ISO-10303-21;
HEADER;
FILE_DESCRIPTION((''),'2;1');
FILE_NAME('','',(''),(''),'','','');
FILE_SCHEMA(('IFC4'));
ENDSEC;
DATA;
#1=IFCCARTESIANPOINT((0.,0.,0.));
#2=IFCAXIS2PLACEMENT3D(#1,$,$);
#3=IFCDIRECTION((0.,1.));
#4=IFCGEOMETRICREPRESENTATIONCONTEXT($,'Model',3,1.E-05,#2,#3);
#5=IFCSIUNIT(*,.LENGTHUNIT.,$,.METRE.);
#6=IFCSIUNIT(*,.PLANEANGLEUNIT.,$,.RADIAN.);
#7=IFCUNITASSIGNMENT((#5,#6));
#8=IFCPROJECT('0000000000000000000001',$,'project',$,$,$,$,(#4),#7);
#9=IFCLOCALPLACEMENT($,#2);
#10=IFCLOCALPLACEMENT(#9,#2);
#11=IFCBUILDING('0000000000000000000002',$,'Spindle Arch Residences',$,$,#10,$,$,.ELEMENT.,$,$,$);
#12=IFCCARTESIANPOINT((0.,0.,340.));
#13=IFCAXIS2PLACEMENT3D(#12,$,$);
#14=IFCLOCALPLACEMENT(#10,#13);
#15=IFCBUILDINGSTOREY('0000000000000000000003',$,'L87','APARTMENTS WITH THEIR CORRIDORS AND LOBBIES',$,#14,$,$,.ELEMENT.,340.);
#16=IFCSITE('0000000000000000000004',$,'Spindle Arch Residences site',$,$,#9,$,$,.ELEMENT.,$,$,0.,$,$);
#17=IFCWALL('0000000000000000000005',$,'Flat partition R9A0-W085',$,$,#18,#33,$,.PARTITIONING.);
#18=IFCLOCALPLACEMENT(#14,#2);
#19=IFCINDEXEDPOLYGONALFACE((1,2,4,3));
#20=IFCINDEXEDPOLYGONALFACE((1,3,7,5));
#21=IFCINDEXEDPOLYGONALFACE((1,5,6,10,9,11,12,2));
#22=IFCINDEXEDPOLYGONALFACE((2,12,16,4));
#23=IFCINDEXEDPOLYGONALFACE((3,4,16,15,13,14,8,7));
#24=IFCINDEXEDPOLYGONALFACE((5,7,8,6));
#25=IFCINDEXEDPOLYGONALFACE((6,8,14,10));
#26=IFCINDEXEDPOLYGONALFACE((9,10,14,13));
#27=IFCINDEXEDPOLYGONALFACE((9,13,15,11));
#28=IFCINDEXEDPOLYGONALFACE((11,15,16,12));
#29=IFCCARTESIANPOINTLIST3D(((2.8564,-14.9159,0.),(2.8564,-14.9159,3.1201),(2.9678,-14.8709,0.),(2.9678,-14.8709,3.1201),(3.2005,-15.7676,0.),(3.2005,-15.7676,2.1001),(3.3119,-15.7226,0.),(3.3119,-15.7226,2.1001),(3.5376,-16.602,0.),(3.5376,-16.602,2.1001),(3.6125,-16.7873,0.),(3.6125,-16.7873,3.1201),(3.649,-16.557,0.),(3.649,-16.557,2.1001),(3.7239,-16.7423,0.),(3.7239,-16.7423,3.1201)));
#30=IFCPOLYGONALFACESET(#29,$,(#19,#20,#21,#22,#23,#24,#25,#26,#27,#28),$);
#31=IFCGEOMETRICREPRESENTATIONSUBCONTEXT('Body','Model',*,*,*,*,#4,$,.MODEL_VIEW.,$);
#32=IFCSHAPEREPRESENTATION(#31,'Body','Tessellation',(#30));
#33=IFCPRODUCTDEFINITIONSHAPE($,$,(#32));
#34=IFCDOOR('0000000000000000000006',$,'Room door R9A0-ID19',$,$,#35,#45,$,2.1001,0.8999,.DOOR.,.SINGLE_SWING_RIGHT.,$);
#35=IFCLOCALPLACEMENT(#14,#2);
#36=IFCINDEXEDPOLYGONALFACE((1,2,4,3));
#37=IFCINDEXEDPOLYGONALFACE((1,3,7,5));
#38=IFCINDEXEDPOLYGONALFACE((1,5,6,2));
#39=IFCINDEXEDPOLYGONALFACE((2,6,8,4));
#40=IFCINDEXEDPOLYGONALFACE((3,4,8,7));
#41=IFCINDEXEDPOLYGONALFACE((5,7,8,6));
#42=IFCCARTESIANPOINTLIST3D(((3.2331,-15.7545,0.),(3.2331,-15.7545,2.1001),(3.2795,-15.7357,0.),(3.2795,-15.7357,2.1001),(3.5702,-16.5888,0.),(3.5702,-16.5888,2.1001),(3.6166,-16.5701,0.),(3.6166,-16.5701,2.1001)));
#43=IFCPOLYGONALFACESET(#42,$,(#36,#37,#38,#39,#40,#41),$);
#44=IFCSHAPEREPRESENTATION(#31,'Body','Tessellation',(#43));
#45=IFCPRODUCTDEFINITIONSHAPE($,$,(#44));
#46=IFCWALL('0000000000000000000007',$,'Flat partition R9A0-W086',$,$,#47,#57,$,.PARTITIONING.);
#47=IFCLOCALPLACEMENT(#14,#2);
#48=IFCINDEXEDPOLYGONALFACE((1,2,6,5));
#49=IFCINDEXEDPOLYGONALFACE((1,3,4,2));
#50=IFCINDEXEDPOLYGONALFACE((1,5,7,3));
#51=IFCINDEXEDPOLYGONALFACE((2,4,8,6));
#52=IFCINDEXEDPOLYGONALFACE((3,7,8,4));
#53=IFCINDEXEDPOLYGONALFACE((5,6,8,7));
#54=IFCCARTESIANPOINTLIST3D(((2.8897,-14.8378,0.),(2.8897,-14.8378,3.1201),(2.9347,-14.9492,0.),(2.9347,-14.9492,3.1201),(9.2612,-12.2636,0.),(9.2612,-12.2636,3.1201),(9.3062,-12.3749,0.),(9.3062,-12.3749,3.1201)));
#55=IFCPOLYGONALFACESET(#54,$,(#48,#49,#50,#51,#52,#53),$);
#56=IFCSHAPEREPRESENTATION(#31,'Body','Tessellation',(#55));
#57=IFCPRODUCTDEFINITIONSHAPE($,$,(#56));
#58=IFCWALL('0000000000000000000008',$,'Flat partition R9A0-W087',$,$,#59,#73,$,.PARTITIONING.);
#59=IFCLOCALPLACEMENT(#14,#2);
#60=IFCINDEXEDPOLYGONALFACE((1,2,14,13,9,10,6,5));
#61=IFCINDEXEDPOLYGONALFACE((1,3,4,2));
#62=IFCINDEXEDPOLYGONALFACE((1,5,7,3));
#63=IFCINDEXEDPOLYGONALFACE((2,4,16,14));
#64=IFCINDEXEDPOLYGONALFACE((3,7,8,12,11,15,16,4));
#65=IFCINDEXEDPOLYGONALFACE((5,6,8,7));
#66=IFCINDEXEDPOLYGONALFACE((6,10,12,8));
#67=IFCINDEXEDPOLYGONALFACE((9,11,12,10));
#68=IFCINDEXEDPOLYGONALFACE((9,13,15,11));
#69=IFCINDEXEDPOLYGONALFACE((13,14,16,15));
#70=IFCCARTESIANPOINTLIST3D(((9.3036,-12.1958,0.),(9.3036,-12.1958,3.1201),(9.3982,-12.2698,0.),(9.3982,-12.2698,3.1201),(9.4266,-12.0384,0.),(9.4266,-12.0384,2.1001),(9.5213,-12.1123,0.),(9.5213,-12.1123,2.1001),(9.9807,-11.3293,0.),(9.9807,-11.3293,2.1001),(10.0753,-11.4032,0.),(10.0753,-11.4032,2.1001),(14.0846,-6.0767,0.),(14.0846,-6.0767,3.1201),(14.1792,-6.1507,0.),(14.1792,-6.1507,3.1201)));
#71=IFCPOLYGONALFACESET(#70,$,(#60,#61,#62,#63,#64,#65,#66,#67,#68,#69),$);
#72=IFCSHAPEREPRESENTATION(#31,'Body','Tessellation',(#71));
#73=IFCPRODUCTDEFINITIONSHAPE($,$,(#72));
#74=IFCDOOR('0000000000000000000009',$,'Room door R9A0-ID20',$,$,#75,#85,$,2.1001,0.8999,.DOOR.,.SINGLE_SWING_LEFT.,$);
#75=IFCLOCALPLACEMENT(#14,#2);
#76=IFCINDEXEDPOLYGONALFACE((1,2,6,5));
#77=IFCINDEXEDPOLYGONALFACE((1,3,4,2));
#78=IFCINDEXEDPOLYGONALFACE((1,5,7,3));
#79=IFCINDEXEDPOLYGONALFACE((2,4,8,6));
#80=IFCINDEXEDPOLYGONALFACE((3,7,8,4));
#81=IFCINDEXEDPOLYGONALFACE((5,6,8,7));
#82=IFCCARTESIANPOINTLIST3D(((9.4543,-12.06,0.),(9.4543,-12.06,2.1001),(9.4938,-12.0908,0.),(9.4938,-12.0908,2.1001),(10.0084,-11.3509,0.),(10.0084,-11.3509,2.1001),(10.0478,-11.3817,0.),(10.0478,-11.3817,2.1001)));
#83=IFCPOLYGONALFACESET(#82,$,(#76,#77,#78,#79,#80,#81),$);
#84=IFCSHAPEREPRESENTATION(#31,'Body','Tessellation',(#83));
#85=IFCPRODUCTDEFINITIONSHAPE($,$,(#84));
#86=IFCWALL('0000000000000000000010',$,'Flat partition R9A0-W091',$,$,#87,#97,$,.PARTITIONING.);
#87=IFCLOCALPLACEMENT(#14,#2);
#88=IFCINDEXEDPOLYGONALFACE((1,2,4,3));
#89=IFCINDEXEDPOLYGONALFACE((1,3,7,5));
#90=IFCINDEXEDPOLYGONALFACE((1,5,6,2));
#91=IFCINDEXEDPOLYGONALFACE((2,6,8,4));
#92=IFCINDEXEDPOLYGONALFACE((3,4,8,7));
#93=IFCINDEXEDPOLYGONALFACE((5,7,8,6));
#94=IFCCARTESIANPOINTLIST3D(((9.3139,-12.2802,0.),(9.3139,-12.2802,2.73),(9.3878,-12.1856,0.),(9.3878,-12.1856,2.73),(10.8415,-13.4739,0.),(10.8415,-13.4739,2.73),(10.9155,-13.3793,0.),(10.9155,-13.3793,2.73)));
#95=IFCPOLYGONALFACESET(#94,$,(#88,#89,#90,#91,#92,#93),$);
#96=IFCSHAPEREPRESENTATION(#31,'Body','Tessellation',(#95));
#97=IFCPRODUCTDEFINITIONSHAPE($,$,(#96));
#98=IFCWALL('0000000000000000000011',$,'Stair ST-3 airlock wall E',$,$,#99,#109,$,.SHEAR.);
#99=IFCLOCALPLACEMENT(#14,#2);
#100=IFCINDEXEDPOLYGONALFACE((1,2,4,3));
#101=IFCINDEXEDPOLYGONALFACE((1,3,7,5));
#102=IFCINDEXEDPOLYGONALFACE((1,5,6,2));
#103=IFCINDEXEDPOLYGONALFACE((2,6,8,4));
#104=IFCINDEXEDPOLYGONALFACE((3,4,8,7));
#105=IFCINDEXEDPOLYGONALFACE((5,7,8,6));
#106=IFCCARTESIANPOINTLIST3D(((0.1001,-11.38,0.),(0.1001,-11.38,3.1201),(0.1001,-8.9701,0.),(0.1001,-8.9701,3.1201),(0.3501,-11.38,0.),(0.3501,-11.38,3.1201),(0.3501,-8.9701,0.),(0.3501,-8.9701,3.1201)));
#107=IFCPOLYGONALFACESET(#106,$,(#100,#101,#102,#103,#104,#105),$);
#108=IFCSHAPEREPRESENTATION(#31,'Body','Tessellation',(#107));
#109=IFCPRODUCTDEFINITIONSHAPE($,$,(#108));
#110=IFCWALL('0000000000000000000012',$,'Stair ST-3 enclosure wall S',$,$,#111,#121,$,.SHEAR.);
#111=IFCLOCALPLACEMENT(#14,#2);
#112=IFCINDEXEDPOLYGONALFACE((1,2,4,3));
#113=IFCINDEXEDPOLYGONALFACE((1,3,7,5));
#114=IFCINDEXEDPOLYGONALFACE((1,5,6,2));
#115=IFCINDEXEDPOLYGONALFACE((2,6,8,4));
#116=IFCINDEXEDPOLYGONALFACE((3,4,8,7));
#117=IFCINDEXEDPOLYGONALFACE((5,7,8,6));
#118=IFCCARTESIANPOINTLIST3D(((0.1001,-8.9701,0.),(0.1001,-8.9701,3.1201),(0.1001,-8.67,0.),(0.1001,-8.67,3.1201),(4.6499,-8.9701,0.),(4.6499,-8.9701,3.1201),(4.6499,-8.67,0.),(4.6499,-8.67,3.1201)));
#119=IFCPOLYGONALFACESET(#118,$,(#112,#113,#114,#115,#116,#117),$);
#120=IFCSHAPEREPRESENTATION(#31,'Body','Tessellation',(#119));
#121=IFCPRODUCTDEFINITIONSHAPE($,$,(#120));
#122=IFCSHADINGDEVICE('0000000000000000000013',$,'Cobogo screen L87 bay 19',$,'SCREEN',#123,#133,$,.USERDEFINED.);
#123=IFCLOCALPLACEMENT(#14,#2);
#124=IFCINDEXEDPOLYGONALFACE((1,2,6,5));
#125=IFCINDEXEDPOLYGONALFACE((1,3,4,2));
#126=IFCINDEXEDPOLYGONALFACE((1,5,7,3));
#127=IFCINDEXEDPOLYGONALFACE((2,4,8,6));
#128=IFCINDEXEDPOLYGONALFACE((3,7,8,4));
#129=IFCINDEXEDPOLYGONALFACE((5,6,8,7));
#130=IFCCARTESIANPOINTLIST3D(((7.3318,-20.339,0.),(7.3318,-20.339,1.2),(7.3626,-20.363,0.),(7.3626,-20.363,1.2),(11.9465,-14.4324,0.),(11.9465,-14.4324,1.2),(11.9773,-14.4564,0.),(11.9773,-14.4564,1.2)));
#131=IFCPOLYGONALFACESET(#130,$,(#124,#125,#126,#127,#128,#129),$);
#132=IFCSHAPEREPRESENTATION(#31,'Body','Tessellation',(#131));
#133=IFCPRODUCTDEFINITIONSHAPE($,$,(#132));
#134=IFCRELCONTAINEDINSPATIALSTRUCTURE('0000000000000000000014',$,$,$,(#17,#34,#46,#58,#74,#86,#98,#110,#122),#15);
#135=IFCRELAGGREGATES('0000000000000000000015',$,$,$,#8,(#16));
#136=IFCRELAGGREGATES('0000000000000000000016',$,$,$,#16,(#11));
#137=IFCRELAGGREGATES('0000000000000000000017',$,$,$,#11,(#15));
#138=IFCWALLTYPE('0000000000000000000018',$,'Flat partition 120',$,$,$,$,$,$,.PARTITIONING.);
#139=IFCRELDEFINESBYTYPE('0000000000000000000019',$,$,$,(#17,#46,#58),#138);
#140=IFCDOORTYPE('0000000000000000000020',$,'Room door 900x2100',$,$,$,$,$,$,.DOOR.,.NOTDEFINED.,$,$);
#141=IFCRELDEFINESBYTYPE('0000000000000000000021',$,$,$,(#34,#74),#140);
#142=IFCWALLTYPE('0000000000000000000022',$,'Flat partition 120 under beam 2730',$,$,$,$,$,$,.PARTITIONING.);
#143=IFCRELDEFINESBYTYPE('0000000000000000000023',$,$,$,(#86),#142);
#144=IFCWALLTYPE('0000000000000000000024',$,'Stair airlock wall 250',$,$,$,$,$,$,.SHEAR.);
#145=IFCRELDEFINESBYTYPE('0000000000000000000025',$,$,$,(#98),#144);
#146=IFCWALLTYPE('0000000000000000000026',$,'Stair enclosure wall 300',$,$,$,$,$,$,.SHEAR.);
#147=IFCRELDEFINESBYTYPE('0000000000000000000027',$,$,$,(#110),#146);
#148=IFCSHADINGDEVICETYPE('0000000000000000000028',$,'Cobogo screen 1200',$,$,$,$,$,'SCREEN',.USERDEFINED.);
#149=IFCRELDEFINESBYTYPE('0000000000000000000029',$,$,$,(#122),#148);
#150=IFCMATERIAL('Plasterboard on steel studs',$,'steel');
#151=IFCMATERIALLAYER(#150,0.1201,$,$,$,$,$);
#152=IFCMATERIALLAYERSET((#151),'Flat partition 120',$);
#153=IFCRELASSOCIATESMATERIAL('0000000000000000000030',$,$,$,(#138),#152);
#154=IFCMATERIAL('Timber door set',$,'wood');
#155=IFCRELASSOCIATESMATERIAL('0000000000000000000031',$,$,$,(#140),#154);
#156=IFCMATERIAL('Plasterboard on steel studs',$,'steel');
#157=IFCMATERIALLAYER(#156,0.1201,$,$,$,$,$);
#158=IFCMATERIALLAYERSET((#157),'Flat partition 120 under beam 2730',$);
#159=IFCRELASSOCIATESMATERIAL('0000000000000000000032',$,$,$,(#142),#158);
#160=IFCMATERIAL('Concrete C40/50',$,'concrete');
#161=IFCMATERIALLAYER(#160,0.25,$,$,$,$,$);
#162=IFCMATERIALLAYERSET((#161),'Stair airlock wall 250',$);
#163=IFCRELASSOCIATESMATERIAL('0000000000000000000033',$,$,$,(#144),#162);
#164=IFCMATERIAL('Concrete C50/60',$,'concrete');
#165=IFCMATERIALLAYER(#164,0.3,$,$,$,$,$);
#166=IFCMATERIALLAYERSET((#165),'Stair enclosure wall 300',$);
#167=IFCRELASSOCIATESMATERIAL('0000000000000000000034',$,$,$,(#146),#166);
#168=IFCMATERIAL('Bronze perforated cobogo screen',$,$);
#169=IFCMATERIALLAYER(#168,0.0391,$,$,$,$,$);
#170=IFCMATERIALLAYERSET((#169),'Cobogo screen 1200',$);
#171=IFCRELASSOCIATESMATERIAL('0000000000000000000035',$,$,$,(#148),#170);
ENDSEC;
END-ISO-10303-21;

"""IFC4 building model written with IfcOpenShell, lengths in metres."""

from ifc_helpers import new_model, si_unit, direction, frame, frame_2d, origin, origin_2d, place, context, subcontext, project, spatial, rectangle, extrude, material, layer, layer_set, type_object, element, fill, save


model = new_model("IFC4")

# Units and contexts
model_context = context("Model", 3, precision=1e-05, world=origin(), true_north=direction((0.0, 1.0)))
body_context = subcontext(model_context, "Body", "Model", "MODEL_VIEW")
ifc_project = project(units=[si_unit("LENGTHUNIT", "METRE"), si_unit("PLANEANGLEUNIT", "RADIAN")], contexts=[model_context])

# Site, building, storey
site_placement = place(None, origin())
site = spatial("IfcSite", under=ifc_project, at=site_placement, Name="Spindle Arch Residences site", CompositionType="ELEMENT", RefElevation=0.0)
building_placement = place(site_placement, origin())
building = spatial("IfcBuilding", under=site, at=building_placement, Name="Spindle Arch Residences", CompositionType="ELEMENT")
storey_placement = place(building_placement, frame((0.0, 0.0, 340.0)))
storey = spatial("IfcBuildingStorey", under=building, at=storey_placement, Name="L87", Description="APARTMENTS WITH THEIR CORRIDORS AND LOBBIES", CompositionType="ELEMENT", Elevation=340.0)

# Shared definitions
ifc_material_1 = material(Name="Plasterboard on steel studs", Category="steel")
ifc_layer_1 = layer(ifc_material_1, 0.1201)
ifc_layer_set_1 = layer_set([ifc_layer_1], Name="Flat partition 120")
wall_type_1 = type_object("IfcWallType", Name="Flat partition 120", PredefinedType="PARTITIONING", material=ifc_layer_set_1)

# Wall, opening, door
wall_1_placement = place(storey_placement, frame((3.6682, -16.7649, 0.0), z_axis=(0.0, 0.0, 1.0), x_axis=(-0.374621, 0.927178, 0.0)))
wall_1 = element("IfcWall", 1, at=wall_1_placement, inside=storey, type_object=wall_type_1, Name="Flat partition R9A0-W085", PredefinedType="PARTITIONING", context=body_context, shape_type="SweptSolid", body=[
    extrude(rectangle(XDim=2.0183, YDim=0.1201, at=frame_2d((1.0093, 0.0))), origin(), (0.0, 0.0, 1.0), 3.1201),
])
opening_1_placement = place(wall_1_placement, frame((0.2, 0.0, 0.0)))
opening_1 = element("IfcOpeningElement", 2, at=opening_1_placement, cuts=wall_1, PredefinedType="OPENING", context=body_context, shape_type="SweptSolid", body=[
    extrude(rectangle(XDim=0.8999, YDim=2.1001, at=frame_2d((0.45, 1.05))), frame((0.0, 0.0701, 0.0), z_axis=(0.0, -1.0, 0.0), x_axis=(1.0, 0.0, 0.0)), (0.0, 0.0, 1.0), 0.1401),
])
ifc_material_2 = material(Name="Timber door set", Category="wood")
door_type_1 = type_object("IfcDoorType", Name="Room door 900x2100", OperationType="NOTDEFINED", PredefinedType="DOOR", material=ifc_material_2)
door_1_placement = place(opening_1_placement, origin())
door_1 = element("IfcDoor", 3, at=door_1_placement, inside=storey, type_object=door_type_1, Name="Room door R9A0-ID19", OperationType="SINGLE_SWING_RIGHT", OverallHeight=2.1001, OverallWidth=0.8999, PredefinedType="DOOR", context=body_context, shape_type="SweptSolid", body=[
    extrude(rectangle(XDim=0.8999, YDim=2.1001, at=frame_2d((0.45, 1.05))), frame((0.0, 0.0249, 0.0), z_axis=(0.0, -1.0, 0.0), x_axis=(1.0, 0.0, 0.0)), (0.0, 0.0, 1.0), 0.05),
])
fill(opening_1, door_1)

# Wall
wall_2_placement = place(storey_placement, frame((2.9121, -14.8936, 0.0), z_axis=(0.0, 0.0, 1.0), x_axis=(0.927182, 0.37461, 0.0)))
element("IfcWall", 4, at=wall_2_placement, inside=storey, type_object=wall_type_1, Name="Flat partition R9A0-W086", PredefinedType="PARTITIONING", context=body_context, shape_type="SweptSolid", body=[
    extrude(rectangle(XDim=6.8718, YDim=0.1201, at=frame_2d((3.436, 0.0))), origin(), (0.0, 0.0, 1.0), 3.1201),
])

# Wall, opening, door
wall_3_placement = place(storey_placement, frame((9.3508, -12.2329, 0.0), z_axis=(0.0, 0.0, 1.0), x_axis=(0.615678, 0.787998, 0.0)))
wall_3 = element("IfcWall", 5, at=wall_3_placement, inside=storey, type_object=wall_type_1, Name="Flat partition R9A0-W087", PredefinedType="PARTITIONING", context=body_context, shape_type="SweptSolid", body=[
    extrude(rectangle(XDim=7.7654, YDim=0.1201, at=frame_2d((3.8828, 0.0))), origin(), (0.0, 0.0, 1.0), 3.1201),
])
opening_2_placement = place(wall_3_placement, frame((0.2, 0.0, 0.0)))
opening_2 = element("IfcOpeningElement", 6, at=opening_2_placement, cuts=wall_3, PredefinedType="OPENING", context=body_context, shape_type="SweptSolid", body=[
    extrude(rectangle(XDim=0.8999, YDim=2.1001, at=frame_2d((0.45, 1.05))), frame((0.0, 0.0701, 0.0), z_axis=(0.0, -1.0, 0.0), x_axis=(1.0, 0.0, 0.0)), (0.0, 0.0, 1.0), 0.1401),
])
door_2_placement = place(opening_2_placement, origin())
door_2 = element("IfcDoor", 7, at=door_2_placement, inside=storey, type_object=door_type_1, Name="Room door R9A0-ID20", OperationType="SINGLE_SWING_LEFT", OverallHeight=2.1001, OverallWidth=0.8999, PredefinedType="DOOR", context=body_context, shape_type="SweptSolid", body=[
    extrude(rectangle(XDim=0.8999, YDim=2.1001, at=frame_2d((0.45, 1.05))), frame((0.0, 0.0249, 0.0), z_axis=(0.0, -1.0, 0.0), x_axis=(1.0, 0.0, 0.0)), (0.0, 0.0, 1.0), 0.05),
])
fill(opening_2, door_2)

# Walls
ifc_material_3 = material(Name="Plasterboard on steel studs", Category="steel")
ifc_layer_2 = layer(ifc_material_3, 0.1201)
ifc_layer_set_2 = layer_set([ifc_layer_2], Name="Flat partition 120 under beam 2730")
wall_type_2 = type_object("IfcWallType", Name="Flat partition 120 under beam 2730", PredefinedType="PARTITIONING", material=ifc_layer_set_2)
wall_4_placement = place(storey_placement, frame((10.8784, -13.4265, 0.0), z_axis=(0.0, 0.0, 1.0), x_axis=(-0.78798, 0.6157, 0.0)))
element("IfcWall", 8, at=wall_4_placement, inside=storey, type_object=wall_type_2, Name="Flat partition R9A0-W091", PredefinedType="PARTITIONING", context=body_context, shape_type="SweptSolid", body=[
    extrude(rectangle(XDim=1.9387, YDim=0.1201, at=frame_2d((0.9692, 0.0))), origin(), (0.0, 0.0, 1.0), 2.73),
])
ifc_material_4 = material(Name="Concrete C40/50", Category="concrete")
ifc_layer_3 = layer(ifc_material_4, 0.25)
ifc_layer_set_3 = layer_set([ifc_layer_3], Name="Stair airlock wall 250")
wall_type_3 = type_object("IfcWallType", Name="Stair airlock wall 250", PredefinedType="SHEAR", material=ifc_layer_set_3)
wall_5_placement = place(storey_placement, frame((0.2251, -8.97, 0.0), z_axis=(0.0, 0.0, 1.0), x_axis=(0.0, -1.0, 0.0)))
element("IfcWall", 9, at=wall_5_placement, inside=storey, type_object=wall_type_3, Name="Stair ST-3 airlock wall E", PredefinedType="SHEAR", context=body_context, shape_type="SweptSolid", body=[
    extrude(rectangle(XDim=2.4099, YDim=0.25, at=frame_2d((1.2051, 0.0))), origin(), (0.0, 0.0, 1.0), 3.1201),
])
ifc_material_5 = material(Name="Concrete C50/60", Category="concrete")
ifc_layer_4 = layer(ifc_material_5, 0.3)
ifc_layer_set_4 = layer_set([ifc_layer_4], Name="Stair enclosure wall 300")
wall_type_4 = type_object("IfcWallType", Name="Stair enclosure wall 300", PredefinedType="SHEAR", material=ifc_layer_set_4)
wall_6_placement = place(storey_placement, frame((0.1001, -8.8201, 0.0), z_axis=(0.0, 0.0, 1.0), x_axis=(1.0, 0.0, 0.0)))
element("IfcWall", 10, at=wall_6_placement, inside=storey, type_object=wall_type_4, Name="Stair ST-3 enclosure wall S", PredefinedType="SHEAR", context=body_context, shape_type="SweptSolid", body=[
    extrude(rectangle(XDim=4.5498, YDim=0.3, at=frame_2d((2.2749, 0.0))), origin(), (0.0, 0.0, 1.0), 3.1201),
])

# Shading device
ifc_material_6 = material(Name="Bronze perforated cobogo screen")
ifc_layer_5 = layer(ifc_material_6, 0.0391)
ifc_layer_set_5 = layer_set([ifc_layer_5], Name="Cobogo screen 1200")
shading_device_type = type_object("IfcShadingDeviceType", Name="Cobogo screen 1200", ElementType="SCREEN", PredefinedType="USERDEFINED", material=ifc_layer_set_5)
shading_device_placement = place(storey_placement, frame((9.6545, -17.3977, 0.0), z_axis=(0.0, 0.0, 1.0), x_axis=(0.615661, 0.788011, 0.0)))
element("IfcShadingDevice", 11, at=shading_device_placement, inside=storey, type_object=shading_device_type, Name="Cobogo screen L87 bay 19", ObjectType="SCREEN", PredefinedType="USERDEFINED", context=body_context, shape_type="SweptSolid", body=[
    extrude(rectangle(XDim=7.4956, YDim=0.0391, at=origin_2d()), origin(), (0.0, 0.0, 1.0), 1.2),
])

save(model, "model.ifc")
